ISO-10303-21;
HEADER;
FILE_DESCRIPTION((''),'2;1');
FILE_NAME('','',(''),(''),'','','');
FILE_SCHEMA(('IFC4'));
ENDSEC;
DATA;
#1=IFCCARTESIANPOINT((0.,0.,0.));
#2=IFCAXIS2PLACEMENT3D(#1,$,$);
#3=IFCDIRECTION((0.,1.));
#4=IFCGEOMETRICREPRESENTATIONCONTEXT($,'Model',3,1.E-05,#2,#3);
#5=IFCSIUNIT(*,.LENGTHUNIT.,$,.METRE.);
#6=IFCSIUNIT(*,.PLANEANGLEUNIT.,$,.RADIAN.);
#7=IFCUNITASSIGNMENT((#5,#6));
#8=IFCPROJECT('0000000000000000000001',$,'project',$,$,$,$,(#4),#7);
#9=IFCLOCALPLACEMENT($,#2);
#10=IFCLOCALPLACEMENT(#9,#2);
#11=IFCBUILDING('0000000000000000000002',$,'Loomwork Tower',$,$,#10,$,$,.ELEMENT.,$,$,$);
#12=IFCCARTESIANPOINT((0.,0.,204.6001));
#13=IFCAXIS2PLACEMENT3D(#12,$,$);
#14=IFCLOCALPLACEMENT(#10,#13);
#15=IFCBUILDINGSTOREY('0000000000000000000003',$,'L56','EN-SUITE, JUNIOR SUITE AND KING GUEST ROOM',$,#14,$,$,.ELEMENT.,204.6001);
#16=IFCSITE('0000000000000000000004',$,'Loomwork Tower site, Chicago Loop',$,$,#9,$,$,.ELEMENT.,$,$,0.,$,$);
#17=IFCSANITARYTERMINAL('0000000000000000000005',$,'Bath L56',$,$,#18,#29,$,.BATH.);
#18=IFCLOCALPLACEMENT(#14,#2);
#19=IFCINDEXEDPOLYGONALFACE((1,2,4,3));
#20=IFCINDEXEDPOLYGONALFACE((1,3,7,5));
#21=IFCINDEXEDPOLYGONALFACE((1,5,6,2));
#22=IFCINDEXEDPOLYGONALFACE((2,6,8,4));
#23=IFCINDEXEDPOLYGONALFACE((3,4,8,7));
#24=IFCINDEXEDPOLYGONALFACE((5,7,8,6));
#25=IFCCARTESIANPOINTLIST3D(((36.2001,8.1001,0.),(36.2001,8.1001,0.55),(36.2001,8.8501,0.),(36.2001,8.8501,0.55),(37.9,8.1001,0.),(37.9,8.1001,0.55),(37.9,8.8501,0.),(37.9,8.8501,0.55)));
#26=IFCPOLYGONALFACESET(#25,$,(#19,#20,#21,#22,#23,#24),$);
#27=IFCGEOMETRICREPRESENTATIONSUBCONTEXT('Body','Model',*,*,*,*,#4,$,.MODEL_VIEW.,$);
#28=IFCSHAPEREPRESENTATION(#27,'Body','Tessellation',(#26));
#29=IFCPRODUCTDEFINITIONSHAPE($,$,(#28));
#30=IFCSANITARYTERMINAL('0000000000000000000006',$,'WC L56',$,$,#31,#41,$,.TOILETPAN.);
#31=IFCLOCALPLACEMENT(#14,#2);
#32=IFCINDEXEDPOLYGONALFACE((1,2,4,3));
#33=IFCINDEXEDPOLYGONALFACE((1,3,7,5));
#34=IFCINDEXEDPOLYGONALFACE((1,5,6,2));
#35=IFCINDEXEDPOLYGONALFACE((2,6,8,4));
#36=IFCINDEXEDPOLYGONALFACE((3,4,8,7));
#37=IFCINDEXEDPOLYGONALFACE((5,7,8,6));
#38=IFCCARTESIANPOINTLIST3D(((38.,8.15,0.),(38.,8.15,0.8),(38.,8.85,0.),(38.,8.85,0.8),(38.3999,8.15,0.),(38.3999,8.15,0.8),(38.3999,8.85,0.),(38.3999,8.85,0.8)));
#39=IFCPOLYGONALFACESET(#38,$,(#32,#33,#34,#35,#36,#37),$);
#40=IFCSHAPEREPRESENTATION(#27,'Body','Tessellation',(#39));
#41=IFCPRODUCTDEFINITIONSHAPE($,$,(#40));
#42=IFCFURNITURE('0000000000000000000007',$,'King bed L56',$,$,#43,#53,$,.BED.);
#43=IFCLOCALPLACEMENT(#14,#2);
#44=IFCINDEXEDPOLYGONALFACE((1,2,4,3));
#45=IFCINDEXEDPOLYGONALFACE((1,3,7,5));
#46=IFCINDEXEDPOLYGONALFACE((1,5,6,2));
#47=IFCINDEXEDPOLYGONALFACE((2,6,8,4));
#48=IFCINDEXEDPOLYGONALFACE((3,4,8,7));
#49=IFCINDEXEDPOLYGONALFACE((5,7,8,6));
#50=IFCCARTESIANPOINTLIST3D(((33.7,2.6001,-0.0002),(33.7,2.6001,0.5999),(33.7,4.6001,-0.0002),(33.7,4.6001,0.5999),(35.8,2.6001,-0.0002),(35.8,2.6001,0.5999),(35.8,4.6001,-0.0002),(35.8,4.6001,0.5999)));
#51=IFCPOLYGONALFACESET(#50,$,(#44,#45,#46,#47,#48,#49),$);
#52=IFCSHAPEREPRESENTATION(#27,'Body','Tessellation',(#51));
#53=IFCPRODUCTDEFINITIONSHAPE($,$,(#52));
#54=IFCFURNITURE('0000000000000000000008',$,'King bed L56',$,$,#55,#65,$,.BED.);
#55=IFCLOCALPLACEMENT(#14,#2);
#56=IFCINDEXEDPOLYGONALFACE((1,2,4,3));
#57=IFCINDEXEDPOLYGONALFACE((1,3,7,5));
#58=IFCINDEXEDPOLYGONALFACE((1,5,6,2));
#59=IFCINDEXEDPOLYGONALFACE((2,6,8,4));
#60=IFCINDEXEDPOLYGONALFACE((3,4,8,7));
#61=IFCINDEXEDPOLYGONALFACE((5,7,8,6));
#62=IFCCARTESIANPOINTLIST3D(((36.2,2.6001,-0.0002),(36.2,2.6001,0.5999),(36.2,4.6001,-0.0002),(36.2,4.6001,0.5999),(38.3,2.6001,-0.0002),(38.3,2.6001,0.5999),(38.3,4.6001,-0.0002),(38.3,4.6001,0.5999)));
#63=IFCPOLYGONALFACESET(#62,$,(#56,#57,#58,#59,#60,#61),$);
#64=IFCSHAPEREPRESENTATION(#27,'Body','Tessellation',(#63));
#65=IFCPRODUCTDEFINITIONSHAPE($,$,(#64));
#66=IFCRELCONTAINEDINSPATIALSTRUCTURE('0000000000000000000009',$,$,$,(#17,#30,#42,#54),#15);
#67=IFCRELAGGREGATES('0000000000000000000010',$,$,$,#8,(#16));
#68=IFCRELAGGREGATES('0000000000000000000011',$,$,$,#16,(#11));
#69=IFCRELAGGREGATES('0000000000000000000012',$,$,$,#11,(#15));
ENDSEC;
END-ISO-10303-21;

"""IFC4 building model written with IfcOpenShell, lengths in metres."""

from ifc_helpers import new_model, si_unit, direction, frame, origin, origin_2d, place, context, subcontext, project, spatial, rectangle, extrude, element, save


model = new_model("IFC4")

# Units and contexts
model_context = context("Model", 3, precision=1e-05, world=origin(), true_north=direction((0.0, 1.0)))
body_context = subcontext(model_context, "Body", "Model", "MODEL_VIEW")
ifc_project = project(units=[si_unit("LENGTHUNIT", "METRE"), si_unit("PLANEANGLEUNIT", "RADIAN")], contexts=[model_context])

# Site, building, storey
site_placement = place(None, origin())
site = spatial("IfcSite", under=ifc_project, at=site_placement, Name="Loomwork Tower site, Chicago Loop", CompositionType="ELEMENT", RefElevation=0.0)
building_placement = place(site_placement, origin())
building = spatial("IfcBuilding", under=site, at=building_placement, Name="Loomwork Tower", CompositionType="ELEMENT")
storey_placement = place(building_placement, frame((0.0, 0.0, 204.6001)))
storey = spatial("IfcBuildingStorey", under=building, at=storey_placement, Name="L56", Description="EN-SUITE, JUNIOR SUITE AND KING GUEST ROOM", CompositionType="ELEMENT", Elevation=204.6001)

# Sanitary terminals
sanitary_terminal_1_placement = place(storey_placement, frame((37.05, 8.4751, 0.0), z_axis=(0.0, 0.0, 1.0), x_axis=(1.0, 0.0, 0.0)))
element("IfcSanitaryTerminal", 1, at=sanitary_terminal_1_placement, inside=storey, Name="Bath L56", PredefinedType="BATH", context=body_context, shape_type="SweptSolid", body=[
    extrude(rectangle(XDim=1.7, YDim=0.75, at=origin_2d()), origin(), (0.0, 0.0, 1.0), 0.55),
])
sanitary_terminal_2_placement = place(storey_placement, frame((38.2, 8.5, 0.0), z_axis=(0.0, 0.0, 1.0), x_axis=(1.0, 0.0, 0.0)))
element("IfcSanitaryTerminal", 2, at=sanitary_terminal_2_placement, inside=storey, Name="WC L56", PredefinedType="TOILETPAN", context=body_context, shape_type="SweptSolid", body=[
    extrude(rectangle(XDim=0.3999, YDim=0.7, at=origin_2d()), origin(), (0.0, 0.0, 1.0), 0.8),
])

# Furniture
for number, where, z_axis, x_axis, name in (
    (3, (34.75, 3.6001, -0.0002), (0.0, 0.0, 1.0), (1.0, 0.0, 0.0), "King bed L56"),
    (4, (37.25, 3.6001, -0.0002), (0.0, 0.0, 1.0), (1.0, 0.0, 0.0), "King bed L56"),
):
    element("IfcFurniture", number, at=place(storey_placement, frame(where, z_axis=z_axis, x_axis=x_axis)), inside=storey, Name=name, PredefinedType="BED", context=body_context, shape_type="SweptSolid", body=[
        extrude(rectangle(XDim=2.1001, YDim=2.0, at=origin_2d()), origin(), (0.0, 0.0, 1.0), 0.6001),
    ])

save(model, "model.ifc")
